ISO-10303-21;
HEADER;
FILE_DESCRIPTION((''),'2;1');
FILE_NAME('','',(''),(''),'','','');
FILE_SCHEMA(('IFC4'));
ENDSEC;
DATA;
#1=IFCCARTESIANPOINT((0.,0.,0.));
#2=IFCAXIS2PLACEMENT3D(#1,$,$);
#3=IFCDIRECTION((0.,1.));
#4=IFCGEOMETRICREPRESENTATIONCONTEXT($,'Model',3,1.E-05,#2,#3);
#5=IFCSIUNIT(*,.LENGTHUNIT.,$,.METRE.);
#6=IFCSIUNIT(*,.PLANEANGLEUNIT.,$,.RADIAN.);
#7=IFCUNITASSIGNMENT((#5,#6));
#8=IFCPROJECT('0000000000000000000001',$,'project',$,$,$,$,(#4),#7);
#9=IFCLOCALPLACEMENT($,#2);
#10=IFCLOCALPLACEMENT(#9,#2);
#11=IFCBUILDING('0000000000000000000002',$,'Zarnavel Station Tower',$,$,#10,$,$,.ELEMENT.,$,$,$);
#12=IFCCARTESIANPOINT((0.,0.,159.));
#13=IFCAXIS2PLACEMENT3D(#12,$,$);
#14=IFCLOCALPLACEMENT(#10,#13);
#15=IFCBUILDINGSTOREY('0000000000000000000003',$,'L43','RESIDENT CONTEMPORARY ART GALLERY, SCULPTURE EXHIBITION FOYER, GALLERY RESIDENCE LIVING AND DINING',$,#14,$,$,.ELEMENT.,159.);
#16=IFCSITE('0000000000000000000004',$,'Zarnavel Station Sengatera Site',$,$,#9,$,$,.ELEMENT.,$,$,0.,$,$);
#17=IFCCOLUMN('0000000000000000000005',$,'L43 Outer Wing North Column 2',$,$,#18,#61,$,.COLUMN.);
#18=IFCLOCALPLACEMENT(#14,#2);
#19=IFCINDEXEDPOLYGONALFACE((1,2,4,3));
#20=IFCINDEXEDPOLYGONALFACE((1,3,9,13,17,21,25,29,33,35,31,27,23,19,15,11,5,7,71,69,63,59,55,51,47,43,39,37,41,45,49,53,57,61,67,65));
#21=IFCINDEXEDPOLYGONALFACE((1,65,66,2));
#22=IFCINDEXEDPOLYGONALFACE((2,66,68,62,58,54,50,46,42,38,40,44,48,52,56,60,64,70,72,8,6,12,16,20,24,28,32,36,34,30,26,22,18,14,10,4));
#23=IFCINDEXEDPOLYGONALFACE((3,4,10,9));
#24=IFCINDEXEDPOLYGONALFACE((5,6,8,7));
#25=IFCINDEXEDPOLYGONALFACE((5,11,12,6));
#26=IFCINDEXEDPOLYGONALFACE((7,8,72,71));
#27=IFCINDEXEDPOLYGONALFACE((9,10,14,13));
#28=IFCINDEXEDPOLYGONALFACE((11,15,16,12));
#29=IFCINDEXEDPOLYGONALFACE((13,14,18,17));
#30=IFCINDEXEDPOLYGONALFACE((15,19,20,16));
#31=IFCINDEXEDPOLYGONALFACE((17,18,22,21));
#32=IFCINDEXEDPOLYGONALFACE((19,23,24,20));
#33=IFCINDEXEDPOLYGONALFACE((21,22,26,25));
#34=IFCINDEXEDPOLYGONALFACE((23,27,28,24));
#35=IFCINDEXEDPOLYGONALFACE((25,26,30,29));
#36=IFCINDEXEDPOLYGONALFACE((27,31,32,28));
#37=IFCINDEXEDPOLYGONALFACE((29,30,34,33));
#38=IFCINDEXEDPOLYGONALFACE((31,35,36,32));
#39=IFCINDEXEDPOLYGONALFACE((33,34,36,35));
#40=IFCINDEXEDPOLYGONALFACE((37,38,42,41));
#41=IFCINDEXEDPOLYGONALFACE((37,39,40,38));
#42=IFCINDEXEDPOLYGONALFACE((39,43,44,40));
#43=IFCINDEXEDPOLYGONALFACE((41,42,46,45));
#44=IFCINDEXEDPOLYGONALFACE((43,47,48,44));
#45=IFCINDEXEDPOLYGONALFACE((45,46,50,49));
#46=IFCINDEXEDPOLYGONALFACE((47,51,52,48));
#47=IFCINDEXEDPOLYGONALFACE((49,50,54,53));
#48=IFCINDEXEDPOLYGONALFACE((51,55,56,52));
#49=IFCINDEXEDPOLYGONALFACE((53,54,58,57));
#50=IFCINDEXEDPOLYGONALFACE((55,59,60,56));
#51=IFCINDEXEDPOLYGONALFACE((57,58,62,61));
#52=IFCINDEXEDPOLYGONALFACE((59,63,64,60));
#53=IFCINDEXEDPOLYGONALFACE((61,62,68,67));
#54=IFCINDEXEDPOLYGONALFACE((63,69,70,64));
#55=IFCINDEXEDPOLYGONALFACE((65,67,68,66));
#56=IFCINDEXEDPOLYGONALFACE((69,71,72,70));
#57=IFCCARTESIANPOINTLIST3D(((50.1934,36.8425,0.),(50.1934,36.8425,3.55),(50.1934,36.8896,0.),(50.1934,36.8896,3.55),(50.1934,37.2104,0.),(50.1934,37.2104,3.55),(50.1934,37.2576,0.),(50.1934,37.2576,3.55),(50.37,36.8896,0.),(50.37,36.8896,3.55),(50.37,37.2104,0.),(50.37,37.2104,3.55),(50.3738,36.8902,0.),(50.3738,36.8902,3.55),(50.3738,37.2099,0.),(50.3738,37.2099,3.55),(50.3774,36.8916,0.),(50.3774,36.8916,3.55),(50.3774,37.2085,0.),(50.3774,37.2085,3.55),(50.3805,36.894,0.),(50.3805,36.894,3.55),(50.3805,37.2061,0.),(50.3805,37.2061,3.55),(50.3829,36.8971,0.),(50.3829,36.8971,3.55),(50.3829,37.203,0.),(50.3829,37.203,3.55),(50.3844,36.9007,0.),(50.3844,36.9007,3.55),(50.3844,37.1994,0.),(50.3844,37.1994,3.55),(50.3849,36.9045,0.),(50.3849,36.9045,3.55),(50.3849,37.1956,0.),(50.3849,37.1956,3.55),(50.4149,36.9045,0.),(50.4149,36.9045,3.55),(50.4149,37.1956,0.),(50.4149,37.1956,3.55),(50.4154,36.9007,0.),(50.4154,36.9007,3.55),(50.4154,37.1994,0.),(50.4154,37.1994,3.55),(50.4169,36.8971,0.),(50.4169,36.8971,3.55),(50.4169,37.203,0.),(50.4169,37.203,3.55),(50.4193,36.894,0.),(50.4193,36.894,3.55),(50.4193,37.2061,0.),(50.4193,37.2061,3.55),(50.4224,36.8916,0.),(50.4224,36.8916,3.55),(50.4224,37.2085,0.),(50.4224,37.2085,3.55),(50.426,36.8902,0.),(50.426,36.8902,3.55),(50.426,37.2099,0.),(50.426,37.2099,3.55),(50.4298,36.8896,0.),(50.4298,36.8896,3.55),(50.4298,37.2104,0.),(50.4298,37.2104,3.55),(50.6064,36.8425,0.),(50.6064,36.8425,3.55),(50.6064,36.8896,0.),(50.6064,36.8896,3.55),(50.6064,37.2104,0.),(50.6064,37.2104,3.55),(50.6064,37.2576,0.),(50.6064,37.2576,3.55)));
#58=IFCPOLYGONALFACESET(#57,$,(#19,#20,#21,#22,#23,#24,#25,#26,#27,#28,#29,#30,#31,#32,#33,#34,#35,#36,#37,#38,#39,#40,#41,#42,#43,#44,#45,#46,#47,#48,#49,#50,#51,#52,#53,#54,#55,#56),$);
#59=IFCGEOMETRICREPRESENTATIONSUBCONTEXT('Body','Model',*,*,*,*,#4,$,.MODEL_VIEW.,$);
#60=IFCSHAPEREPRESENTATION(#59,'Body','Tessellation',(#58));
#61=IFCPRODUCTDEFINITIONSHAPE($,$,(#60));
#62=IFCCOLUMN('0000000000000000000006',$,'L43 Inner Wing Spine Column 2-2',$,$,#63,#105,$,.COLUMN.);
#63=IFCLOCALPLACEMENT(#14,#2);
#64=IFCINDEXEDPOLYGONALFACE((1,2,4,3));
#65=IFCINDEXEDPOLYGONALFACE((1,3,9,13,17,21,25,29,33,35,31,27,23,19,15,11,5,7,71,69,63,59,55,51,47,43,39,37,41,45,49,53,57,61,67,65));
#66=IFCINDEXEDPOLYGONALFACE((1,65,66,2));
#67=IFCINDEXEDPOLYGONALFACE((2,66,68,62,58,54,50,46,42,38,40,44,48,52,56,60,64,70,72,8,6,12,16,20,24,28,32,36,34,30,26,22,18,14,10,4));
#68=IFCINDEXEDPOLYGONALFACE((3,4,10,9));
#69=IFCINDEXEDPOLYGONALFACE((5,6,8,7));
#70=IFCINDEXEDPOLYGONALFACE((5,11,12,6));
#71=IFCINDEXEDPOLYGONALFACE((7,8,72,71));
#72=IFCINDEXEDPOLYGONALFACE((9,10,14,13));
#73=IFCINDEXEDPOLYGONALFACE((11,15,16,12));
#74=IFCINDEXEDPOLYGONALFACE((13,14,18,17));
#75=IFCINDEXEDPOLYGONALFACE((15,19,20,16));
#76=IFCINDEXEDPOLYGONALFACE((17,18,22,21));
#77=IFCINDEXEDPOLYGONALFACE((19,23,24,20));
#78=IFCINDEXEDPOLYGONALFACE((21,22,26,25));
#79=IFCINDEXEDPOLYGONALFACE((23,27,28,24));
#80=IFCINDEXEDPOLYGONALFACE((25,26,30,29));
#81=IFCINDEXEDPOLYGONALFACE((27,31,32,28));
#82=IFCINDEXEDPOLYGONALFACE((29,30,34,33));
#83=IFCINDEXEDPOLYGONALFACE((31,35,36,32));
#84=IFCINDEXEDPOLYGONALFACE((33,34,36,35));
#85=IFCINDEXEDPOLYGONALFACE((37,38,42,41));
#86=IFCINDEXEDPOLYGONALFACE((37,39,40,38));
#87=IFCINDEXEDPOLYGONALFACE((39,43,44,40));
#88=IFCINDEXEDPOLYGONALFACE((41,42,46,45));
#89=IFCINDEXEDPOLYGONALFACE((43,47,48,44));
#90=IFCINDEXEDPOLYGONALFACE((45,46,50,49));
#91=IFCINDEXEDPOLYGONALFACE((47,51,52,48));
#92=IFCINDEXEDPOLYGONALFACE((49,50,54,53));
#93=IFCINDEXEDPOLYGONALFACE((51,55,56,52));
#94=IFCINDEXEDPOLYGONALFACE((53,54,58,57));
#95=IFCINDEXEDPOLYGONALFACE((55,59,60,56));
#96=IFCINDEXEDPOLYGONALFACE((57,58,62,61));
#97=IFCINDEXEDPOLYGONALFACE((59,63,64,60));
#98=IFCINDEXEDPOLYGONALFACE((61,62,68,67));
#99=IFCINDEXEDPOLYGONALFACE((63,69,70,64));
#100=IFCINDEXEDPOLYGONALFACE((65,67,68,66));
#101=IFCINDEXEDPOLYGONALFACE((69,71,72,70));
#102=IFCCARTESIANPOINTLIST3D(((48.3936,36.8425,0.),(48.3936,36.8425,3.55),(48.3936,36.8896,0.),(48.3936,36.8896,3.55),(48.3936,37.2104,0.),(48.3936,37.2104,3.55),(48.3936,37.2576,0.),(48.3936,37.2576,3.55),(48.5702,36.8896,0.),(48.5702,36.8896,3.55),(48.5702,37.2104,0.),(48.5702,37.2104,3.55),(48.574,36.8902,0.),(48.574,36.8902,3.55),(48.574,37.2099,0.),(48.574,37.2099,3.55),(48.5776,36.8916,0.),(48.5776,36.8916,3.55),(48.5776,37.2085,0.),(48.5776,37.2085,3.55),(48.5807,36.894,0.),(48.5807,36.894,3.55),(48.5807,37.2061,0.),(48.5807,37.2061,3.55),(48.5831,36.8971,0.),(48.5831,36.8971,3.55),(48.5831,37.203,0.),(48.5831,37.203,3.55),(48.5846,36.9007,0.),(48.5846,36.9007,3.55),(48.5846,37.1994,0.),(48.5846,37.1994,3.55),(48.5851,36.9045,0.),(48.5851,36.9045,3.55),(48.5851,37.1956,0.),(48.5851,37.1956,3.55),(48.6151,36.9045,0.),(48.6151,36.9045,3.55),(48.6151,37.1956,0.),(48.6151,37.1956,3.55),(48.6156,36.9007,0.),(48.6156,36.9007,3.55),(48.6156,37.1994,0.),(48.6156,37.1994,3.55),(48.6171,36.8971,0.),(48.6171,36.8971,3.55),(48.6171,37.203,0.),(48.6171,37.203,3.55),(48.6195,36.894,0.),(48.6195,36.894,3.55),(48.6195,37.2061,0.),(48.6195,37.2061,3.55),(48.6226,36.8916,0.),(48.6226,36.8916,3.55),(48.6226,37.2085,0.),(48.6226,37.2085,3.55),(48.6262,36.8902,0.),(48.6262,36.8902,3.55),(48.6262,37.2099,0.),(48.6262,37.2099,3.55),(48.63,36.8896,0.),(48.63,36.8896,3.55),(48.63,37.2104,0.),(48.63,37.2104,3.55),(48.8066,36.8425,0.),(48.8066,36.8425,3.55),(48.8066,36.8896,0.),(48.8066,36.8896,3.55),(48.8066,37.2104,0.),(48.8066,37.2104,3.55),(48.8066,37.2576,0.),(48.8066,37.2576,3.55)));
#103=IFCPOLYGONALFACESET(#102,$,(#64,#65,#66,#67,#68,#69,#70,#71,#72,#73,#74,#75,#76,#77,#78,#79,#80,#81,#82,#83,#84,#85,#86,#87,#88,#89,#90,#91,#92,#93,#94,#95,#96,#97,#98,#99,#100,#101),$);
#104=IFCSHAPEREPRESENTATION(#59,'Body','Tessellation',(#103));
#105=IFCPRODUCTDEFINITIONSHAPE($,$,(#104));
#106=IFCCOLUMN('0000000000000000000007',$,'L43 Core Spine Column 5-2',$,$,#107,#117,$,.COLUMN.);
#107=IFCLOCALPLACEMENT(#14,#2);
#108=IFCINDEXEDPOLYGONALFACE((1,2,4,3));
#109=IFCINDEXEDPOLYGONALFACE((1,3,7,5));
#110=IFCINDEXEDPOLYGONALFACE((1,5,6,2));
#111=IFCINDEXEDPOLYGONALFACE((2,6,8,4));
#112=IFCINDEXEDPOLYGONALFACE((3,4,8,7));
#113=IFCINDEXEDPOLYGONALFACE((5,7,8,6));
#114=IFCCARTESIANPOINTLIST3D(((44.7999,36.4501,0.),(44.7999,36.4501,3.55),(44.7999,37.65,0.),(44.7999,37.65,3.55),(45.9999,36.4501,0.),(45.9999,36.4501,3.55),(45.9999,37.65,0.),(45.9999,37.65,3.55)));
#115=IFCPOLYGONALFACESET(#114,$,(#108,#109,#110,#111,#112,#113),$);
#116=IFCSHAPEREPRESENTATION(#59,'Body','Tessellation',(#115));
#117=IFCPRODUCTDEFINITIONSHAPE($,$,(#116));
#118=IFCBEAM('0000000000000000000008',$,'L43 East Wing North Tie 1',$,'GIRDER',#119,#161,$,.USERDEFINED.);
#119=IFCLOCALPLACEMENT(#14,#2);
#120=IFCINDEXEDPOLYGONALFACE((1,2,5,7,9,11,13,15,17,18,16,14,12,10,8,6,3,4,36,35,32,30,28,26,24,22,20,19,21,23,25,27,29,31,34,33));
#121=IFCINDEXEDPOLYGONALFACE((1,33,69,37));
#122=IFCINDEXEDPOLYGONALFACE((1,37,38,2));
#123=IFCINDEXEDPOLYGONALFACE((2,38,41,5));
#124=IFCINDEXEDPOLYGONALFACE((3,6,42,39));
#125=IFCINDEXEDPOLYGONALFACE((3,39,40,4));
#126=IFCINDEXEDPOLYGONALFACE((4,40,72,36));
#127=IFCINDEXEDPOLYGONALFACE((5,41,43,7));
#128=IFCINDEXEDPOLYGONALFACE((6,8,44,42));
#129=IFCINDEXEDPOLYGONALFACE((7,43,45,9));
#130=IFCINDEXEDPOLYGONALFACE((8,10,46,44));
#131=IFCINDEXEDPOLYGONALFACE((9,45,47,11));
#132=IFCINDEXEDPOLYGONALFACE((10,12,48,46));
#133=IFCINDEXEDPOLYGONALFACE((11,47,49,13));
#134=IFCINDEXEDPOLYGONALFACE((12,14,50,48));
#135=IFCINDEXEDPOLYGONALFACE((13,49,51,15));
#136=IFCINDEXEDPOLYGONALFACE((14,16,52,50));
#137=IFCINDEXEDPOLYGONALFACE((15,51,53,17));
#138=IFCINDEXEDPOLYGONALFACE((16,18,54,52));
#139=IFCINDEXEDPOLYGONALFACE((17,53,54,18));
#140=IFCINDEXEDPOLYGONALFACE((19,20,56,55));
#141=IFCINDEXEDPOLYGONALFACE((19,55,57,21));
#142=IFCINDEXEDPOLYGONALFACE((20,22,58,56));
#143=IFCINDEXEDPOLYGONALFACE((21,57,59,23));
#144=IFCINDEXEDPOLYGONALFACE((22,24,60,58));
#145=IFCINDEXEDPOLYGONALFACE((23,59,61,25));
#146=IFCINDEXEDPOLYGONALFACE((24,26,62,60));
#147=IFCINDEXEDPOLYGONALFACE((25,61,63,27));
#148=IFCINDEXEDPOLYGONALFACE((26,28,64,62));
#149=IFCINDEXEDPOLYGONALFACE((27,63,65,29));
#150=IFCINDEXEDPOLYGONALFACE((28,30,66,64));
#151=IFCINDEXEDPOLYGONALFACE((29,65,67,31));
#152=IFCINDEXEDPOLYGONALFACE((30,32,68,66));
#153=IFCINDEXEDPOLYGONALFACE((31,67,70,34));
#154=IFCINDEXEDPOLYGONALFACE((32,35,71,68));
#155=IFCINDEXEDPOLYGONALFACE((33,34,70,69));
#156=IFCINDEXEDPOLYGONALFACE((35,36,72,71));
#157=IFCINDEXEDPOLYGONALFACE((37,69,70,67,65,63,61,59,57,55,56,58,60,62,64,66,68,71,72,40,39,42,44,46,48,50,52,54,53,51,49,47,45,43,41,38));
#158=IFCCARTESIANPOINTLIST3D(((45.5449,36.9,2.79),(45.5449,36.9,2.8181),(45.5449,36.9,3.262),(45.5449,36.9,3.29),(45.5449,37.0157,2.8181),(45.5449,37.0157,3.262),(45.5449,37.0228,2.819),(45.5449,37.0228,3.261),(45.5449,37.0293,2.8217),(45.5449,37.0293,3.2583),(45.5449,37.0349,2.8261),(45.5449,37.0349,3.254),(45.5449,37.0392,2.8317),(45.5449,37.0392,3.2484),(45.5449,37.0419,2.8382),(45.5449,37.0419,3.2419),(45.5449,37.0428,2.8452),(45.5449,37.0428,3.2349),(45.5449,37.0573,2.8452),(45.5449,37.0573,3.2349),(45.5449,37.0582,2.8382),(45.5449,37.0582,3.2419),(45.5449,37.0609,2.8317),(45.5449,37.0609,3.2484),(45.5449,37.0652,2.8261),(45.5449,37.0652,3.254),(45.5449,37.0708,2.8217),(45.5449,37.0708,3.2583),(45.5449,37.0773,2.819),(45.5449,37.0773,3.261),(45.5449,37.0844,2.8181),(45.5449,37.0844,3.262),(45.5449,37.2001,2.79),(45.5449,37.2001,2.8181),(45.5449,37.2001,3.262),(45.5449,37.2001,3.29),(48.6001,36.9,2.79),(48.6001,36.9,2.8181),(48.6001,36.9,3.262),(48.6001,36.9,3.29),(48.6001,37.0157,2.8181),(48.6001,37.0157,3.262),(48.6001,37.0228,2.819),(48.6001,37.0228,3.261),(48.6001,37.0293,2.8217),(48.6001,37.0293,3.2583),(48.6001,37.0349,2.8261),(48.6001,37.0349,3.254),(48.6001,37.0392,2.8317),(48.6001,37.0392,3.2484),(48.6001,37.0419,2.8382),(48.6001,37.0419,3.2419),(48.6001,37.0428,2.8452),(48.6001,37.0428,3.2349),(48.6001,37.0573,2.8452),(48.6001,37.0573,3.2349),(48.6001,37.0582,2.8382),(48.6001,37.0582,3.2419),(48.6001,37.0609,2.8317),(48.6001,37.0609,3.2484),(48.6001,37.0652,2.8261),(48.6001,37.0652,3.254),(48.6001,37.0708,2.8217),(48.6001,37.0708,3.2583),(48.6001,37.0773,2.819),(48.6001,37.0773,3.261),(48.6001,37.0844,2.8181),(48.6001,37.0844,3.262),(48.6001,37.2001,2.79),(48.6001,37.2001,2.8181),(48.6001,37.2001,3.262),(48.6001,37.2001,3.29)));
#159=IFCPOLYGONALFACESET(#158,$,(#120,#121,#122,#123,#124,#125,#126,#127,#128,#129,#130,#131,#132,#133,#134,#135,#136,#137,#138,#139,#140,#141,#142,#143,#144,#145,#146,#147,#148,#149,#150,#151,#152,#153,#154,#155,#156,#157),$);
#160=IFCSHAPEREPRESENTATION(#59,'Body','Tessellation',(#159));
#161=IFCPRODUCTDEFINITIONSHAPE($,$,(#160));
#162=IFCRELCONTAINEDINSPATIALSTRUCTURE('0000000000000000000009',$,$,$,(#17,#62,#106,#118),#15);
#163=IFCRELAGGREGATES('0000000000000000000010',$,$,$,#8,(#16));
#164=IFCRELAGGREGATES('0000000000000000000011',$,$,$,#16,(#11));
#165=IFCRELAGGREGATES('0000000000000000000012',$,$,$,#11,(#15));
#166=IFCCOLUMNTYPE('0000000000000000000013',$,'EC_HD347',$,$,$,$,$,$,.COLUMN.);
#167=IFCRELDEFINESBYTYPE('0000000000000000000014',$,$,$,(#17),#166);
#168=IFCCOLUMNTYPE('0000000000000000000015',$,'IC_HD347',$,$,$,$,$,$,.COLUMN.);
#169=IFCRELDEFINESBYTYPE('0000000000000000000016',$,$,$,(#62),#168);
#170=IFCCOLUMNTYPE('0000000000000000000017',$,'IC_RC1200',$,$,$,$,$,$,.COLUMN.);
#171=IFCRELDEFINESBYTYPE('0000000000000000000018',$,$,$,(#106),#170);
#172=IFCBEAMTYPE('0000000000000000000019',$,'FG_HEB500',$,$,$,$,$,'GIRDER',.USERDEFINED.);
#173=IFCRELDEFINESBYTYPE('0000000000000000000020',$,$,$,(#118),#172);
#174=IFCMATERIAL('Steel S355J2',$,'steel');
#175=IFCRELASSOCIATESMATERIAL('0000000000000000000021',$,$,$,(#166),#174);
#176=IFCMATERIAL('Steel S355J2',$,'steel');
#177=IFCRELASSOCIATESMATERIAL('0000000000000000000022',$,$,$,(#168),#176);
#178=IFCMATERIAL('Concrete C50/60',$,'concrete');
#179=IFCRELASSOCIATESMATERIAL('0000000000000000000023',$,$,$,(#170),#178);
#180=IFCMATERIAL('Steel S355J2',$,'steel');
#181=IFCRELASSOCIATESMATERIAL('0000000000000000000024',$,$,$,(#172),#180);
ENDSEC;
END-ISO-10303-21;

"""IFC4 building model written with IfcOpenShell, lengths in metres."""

from ifc_helpers import new_model, si_unit, direction, frame, origin, origin_2d, place, context, subcontext, project, spatial, rectangle, i_section, extrude, material, material_profile, profile_set, type_object, element, save


model = new_model("IFC4")

# Units and contexts
model_context = context("Model", 3, precision=1e-05, world=origin(), true_north=direction((0.0, 1.0)))
body_context = subcontext(model_context, "Body", "Model", "MODEL_VIEW")
ifc_project = project(units=[si_unit("LENGTHUNIT", "METRE"), si_unit("PLANEANGLEUNIT", "RADIAN")], contexts=[model_context])

# Site, building, storey
site_placement = place(None, origin())
site = spatial("IfcSite", under=ifc_project, at=site_placement, Name="Zarnavel Station Sengatera Site", CompositionType="ELEMENT", RefElevation=0.0)
building_placement = place(site_placement, origin())
building = spatial("IfcBuilding", under=site, at=building_placement, Name="Zarnavel Station Tower", CompositionType="ELEMENT")
storey_placement = place(building_placement, frame((0.0, 0.0, 159.0)))
storey = spatial("IfcBuildingStorey", under=building, at=storey_placement, Name="L43", Description="RESIDENT CONTEMPORARY ART GALLERY, SCULPTURE EXHIBITION FOYER, GALLERY RESIDENCE LIVING AND DINING", CompositionType="ELEMENT", Elevation=159.0)

# Columns
ifc_material_1 = material(Name="Steel S355J2", Category="steel")
ifc_material_profile_1 = material_profile(ifc_material_1, i_section(OverallWidth=0.4131, OverallDepth=0.415, WebThickness=0.03, FlangeThickness=0.0471, FilletRadius=0.0149, at=origin_2d()), Name="HD400x347")
ifc_profile_set_1 = profile_set([ifc_material_profile_1], Name="Steel S355J2")
column_type_1 = type_object("IfcColumnType", Name="EC_HD347", PredefinedType="COLUMN", material=ifc_profile_set_1)
column_1_placement = place(storey_placement, frame((50.3999, 37.05, 0.0), z_axis=(0.0, 0.0, 1.0), x_axis=(1.0, 0.0, 0.0)))
element("IfcColumn", 1, at=column_1_placement, inside=storey, type_object=column_type_1, Name="L43 Outer Wing North Column 2", PredefinedType="COLUMN", context=body_context, shape_type="SweptSolid", body=[
    extrude(i_section(OverallWidth=0.4131, OverallDepth=0.415, WebThickness=0.03, FlangeThickness=0.0471, FilletRadius=0.0149, at=origin_2d()), origin(), (0.0, 0.0, 1.0), 3.55),
])
ifc_material_2 = material(Name="Steel S355J2", Category="steel")
ifc_material_profile_2 = material_profile(ifc_material_2, i_section(OverallWidth=0.4131, OverallDepth=0.415, WebThickness=0.03, FlangeThickness=0.0471, FilletRadius=0.0149, at=origin_2d()), Name="HD400x347")
ifc_profile_set_2 = profile_set([ifc_material_profile_2], Name="Steel S355J2")
column_type_2 = type_object("IfcColumnType", Name="IC_HD347", PredefinedType="COLUMN", material=ifc_profile_set_2)
column_2_placement = place(storey_placement, frame((48.6001, 37.05, 0.0), z_axis=(0.0, 0.0, 1.0), x_axis=(1.0, 0.0, 0.0)))
element("IfcColumn", 2, at=column_2_placement, inside=storey, type_object=column_type_2, Name="L43 Inner Wing Spine Column 2-2", PredefinedType="COLUMN", context=body_context, shape_type="SweptSolid", body=[
    extrude(i_section(OverallWidth=0.4131, OverallDepth=0.415, WebThickness=0.03, FlangeThickness=0.0471, FilletRadius=0.0149, at=origin_2d()), origin(), (0.0, 0.0, 1.0), 3.55),
])
ifc_material_3 = material(Name="Concrete C50/60", Category="concrete")
ifc_material_profile_3 = material_profile(ifc_material_3, rectangle(XDim=1.2, YDim=1.2, at=origin_2d()), Name="RC1200x1200")
ifc_profile_set_3 = profile_set([ifc_material_profile_3], Name="Concrete C50/60")
column_type_3 = type_object("IfcColumnType", Name="IC_RC1200", PredefinedType="COLUMN", material=ifc_profile_set_3)
column_3_placement = place(storey_placement, frame((45.3999, 37.05, 0.0), z_axis=(0.0, 0.0, 1.0), x_axis=(1.0, 0.0, 0.0)))
element("IfcColumn", 3, at=column_3_placement, inside=storey, type_object=column_type_3, Name="L43 Core Spine Column 5-2", PredefinedType="COLUMN", context=body_context, shape_type="SweptSolid", body=[
    extrude(rectangle(XDim=1.2, YDim=1.2, at=origin_2d()), origin(), (0.0, 0.0, 1.0), 3.55),
])

# Beam
ifc_material_4 = material(Name="Steel S355J2", Category="steel")
ifc_material_profile_4 = material_profile(ifc_material_4, i_section(OverallWidth=0.3, OverallDepth=0.5, WebThickness=0.0144, FlangeThickness=0.0281, FilletRadius=0.0271, at=origin_2d()), Name="HEB500")
ifc_profile_set_4 = profile_set([ifc_material_profile_4], Name="Steel S355J2")
beam_type = type_object("IfcBeamType", Name="FG_HEB500", ElementType="GIRDER", PredefinedType="USERDEFINED", material=ifc_profile_set_4)
beam_1_placement = place(storey_placement, frame((45.5449, 37.05, 3.04), z_axis=(1.0, 0.0, 0.0), x_axis=(0.0, 1.0, 0.0)))
element("IfcBeam", 4, at=beam_1_placement, inside=storey, type_object=beam_type, Name="L43 East Wing North Tie 1", ObjectType="GIRDER", PredefinedType="USERDEFINED", context=body_context, shape_type="SweptSolid", body=[
    extrude(i_section(OverallWidth=0.3, OverallDepth=0.5, WebThickness=0.0144, FlangeThickness=0.0281, FilletRadius=0.0271, at=origin_2d()), origin(), (0.0, 0.0, 1.0), 3.0552),
])

save(model, "model.ifc")
